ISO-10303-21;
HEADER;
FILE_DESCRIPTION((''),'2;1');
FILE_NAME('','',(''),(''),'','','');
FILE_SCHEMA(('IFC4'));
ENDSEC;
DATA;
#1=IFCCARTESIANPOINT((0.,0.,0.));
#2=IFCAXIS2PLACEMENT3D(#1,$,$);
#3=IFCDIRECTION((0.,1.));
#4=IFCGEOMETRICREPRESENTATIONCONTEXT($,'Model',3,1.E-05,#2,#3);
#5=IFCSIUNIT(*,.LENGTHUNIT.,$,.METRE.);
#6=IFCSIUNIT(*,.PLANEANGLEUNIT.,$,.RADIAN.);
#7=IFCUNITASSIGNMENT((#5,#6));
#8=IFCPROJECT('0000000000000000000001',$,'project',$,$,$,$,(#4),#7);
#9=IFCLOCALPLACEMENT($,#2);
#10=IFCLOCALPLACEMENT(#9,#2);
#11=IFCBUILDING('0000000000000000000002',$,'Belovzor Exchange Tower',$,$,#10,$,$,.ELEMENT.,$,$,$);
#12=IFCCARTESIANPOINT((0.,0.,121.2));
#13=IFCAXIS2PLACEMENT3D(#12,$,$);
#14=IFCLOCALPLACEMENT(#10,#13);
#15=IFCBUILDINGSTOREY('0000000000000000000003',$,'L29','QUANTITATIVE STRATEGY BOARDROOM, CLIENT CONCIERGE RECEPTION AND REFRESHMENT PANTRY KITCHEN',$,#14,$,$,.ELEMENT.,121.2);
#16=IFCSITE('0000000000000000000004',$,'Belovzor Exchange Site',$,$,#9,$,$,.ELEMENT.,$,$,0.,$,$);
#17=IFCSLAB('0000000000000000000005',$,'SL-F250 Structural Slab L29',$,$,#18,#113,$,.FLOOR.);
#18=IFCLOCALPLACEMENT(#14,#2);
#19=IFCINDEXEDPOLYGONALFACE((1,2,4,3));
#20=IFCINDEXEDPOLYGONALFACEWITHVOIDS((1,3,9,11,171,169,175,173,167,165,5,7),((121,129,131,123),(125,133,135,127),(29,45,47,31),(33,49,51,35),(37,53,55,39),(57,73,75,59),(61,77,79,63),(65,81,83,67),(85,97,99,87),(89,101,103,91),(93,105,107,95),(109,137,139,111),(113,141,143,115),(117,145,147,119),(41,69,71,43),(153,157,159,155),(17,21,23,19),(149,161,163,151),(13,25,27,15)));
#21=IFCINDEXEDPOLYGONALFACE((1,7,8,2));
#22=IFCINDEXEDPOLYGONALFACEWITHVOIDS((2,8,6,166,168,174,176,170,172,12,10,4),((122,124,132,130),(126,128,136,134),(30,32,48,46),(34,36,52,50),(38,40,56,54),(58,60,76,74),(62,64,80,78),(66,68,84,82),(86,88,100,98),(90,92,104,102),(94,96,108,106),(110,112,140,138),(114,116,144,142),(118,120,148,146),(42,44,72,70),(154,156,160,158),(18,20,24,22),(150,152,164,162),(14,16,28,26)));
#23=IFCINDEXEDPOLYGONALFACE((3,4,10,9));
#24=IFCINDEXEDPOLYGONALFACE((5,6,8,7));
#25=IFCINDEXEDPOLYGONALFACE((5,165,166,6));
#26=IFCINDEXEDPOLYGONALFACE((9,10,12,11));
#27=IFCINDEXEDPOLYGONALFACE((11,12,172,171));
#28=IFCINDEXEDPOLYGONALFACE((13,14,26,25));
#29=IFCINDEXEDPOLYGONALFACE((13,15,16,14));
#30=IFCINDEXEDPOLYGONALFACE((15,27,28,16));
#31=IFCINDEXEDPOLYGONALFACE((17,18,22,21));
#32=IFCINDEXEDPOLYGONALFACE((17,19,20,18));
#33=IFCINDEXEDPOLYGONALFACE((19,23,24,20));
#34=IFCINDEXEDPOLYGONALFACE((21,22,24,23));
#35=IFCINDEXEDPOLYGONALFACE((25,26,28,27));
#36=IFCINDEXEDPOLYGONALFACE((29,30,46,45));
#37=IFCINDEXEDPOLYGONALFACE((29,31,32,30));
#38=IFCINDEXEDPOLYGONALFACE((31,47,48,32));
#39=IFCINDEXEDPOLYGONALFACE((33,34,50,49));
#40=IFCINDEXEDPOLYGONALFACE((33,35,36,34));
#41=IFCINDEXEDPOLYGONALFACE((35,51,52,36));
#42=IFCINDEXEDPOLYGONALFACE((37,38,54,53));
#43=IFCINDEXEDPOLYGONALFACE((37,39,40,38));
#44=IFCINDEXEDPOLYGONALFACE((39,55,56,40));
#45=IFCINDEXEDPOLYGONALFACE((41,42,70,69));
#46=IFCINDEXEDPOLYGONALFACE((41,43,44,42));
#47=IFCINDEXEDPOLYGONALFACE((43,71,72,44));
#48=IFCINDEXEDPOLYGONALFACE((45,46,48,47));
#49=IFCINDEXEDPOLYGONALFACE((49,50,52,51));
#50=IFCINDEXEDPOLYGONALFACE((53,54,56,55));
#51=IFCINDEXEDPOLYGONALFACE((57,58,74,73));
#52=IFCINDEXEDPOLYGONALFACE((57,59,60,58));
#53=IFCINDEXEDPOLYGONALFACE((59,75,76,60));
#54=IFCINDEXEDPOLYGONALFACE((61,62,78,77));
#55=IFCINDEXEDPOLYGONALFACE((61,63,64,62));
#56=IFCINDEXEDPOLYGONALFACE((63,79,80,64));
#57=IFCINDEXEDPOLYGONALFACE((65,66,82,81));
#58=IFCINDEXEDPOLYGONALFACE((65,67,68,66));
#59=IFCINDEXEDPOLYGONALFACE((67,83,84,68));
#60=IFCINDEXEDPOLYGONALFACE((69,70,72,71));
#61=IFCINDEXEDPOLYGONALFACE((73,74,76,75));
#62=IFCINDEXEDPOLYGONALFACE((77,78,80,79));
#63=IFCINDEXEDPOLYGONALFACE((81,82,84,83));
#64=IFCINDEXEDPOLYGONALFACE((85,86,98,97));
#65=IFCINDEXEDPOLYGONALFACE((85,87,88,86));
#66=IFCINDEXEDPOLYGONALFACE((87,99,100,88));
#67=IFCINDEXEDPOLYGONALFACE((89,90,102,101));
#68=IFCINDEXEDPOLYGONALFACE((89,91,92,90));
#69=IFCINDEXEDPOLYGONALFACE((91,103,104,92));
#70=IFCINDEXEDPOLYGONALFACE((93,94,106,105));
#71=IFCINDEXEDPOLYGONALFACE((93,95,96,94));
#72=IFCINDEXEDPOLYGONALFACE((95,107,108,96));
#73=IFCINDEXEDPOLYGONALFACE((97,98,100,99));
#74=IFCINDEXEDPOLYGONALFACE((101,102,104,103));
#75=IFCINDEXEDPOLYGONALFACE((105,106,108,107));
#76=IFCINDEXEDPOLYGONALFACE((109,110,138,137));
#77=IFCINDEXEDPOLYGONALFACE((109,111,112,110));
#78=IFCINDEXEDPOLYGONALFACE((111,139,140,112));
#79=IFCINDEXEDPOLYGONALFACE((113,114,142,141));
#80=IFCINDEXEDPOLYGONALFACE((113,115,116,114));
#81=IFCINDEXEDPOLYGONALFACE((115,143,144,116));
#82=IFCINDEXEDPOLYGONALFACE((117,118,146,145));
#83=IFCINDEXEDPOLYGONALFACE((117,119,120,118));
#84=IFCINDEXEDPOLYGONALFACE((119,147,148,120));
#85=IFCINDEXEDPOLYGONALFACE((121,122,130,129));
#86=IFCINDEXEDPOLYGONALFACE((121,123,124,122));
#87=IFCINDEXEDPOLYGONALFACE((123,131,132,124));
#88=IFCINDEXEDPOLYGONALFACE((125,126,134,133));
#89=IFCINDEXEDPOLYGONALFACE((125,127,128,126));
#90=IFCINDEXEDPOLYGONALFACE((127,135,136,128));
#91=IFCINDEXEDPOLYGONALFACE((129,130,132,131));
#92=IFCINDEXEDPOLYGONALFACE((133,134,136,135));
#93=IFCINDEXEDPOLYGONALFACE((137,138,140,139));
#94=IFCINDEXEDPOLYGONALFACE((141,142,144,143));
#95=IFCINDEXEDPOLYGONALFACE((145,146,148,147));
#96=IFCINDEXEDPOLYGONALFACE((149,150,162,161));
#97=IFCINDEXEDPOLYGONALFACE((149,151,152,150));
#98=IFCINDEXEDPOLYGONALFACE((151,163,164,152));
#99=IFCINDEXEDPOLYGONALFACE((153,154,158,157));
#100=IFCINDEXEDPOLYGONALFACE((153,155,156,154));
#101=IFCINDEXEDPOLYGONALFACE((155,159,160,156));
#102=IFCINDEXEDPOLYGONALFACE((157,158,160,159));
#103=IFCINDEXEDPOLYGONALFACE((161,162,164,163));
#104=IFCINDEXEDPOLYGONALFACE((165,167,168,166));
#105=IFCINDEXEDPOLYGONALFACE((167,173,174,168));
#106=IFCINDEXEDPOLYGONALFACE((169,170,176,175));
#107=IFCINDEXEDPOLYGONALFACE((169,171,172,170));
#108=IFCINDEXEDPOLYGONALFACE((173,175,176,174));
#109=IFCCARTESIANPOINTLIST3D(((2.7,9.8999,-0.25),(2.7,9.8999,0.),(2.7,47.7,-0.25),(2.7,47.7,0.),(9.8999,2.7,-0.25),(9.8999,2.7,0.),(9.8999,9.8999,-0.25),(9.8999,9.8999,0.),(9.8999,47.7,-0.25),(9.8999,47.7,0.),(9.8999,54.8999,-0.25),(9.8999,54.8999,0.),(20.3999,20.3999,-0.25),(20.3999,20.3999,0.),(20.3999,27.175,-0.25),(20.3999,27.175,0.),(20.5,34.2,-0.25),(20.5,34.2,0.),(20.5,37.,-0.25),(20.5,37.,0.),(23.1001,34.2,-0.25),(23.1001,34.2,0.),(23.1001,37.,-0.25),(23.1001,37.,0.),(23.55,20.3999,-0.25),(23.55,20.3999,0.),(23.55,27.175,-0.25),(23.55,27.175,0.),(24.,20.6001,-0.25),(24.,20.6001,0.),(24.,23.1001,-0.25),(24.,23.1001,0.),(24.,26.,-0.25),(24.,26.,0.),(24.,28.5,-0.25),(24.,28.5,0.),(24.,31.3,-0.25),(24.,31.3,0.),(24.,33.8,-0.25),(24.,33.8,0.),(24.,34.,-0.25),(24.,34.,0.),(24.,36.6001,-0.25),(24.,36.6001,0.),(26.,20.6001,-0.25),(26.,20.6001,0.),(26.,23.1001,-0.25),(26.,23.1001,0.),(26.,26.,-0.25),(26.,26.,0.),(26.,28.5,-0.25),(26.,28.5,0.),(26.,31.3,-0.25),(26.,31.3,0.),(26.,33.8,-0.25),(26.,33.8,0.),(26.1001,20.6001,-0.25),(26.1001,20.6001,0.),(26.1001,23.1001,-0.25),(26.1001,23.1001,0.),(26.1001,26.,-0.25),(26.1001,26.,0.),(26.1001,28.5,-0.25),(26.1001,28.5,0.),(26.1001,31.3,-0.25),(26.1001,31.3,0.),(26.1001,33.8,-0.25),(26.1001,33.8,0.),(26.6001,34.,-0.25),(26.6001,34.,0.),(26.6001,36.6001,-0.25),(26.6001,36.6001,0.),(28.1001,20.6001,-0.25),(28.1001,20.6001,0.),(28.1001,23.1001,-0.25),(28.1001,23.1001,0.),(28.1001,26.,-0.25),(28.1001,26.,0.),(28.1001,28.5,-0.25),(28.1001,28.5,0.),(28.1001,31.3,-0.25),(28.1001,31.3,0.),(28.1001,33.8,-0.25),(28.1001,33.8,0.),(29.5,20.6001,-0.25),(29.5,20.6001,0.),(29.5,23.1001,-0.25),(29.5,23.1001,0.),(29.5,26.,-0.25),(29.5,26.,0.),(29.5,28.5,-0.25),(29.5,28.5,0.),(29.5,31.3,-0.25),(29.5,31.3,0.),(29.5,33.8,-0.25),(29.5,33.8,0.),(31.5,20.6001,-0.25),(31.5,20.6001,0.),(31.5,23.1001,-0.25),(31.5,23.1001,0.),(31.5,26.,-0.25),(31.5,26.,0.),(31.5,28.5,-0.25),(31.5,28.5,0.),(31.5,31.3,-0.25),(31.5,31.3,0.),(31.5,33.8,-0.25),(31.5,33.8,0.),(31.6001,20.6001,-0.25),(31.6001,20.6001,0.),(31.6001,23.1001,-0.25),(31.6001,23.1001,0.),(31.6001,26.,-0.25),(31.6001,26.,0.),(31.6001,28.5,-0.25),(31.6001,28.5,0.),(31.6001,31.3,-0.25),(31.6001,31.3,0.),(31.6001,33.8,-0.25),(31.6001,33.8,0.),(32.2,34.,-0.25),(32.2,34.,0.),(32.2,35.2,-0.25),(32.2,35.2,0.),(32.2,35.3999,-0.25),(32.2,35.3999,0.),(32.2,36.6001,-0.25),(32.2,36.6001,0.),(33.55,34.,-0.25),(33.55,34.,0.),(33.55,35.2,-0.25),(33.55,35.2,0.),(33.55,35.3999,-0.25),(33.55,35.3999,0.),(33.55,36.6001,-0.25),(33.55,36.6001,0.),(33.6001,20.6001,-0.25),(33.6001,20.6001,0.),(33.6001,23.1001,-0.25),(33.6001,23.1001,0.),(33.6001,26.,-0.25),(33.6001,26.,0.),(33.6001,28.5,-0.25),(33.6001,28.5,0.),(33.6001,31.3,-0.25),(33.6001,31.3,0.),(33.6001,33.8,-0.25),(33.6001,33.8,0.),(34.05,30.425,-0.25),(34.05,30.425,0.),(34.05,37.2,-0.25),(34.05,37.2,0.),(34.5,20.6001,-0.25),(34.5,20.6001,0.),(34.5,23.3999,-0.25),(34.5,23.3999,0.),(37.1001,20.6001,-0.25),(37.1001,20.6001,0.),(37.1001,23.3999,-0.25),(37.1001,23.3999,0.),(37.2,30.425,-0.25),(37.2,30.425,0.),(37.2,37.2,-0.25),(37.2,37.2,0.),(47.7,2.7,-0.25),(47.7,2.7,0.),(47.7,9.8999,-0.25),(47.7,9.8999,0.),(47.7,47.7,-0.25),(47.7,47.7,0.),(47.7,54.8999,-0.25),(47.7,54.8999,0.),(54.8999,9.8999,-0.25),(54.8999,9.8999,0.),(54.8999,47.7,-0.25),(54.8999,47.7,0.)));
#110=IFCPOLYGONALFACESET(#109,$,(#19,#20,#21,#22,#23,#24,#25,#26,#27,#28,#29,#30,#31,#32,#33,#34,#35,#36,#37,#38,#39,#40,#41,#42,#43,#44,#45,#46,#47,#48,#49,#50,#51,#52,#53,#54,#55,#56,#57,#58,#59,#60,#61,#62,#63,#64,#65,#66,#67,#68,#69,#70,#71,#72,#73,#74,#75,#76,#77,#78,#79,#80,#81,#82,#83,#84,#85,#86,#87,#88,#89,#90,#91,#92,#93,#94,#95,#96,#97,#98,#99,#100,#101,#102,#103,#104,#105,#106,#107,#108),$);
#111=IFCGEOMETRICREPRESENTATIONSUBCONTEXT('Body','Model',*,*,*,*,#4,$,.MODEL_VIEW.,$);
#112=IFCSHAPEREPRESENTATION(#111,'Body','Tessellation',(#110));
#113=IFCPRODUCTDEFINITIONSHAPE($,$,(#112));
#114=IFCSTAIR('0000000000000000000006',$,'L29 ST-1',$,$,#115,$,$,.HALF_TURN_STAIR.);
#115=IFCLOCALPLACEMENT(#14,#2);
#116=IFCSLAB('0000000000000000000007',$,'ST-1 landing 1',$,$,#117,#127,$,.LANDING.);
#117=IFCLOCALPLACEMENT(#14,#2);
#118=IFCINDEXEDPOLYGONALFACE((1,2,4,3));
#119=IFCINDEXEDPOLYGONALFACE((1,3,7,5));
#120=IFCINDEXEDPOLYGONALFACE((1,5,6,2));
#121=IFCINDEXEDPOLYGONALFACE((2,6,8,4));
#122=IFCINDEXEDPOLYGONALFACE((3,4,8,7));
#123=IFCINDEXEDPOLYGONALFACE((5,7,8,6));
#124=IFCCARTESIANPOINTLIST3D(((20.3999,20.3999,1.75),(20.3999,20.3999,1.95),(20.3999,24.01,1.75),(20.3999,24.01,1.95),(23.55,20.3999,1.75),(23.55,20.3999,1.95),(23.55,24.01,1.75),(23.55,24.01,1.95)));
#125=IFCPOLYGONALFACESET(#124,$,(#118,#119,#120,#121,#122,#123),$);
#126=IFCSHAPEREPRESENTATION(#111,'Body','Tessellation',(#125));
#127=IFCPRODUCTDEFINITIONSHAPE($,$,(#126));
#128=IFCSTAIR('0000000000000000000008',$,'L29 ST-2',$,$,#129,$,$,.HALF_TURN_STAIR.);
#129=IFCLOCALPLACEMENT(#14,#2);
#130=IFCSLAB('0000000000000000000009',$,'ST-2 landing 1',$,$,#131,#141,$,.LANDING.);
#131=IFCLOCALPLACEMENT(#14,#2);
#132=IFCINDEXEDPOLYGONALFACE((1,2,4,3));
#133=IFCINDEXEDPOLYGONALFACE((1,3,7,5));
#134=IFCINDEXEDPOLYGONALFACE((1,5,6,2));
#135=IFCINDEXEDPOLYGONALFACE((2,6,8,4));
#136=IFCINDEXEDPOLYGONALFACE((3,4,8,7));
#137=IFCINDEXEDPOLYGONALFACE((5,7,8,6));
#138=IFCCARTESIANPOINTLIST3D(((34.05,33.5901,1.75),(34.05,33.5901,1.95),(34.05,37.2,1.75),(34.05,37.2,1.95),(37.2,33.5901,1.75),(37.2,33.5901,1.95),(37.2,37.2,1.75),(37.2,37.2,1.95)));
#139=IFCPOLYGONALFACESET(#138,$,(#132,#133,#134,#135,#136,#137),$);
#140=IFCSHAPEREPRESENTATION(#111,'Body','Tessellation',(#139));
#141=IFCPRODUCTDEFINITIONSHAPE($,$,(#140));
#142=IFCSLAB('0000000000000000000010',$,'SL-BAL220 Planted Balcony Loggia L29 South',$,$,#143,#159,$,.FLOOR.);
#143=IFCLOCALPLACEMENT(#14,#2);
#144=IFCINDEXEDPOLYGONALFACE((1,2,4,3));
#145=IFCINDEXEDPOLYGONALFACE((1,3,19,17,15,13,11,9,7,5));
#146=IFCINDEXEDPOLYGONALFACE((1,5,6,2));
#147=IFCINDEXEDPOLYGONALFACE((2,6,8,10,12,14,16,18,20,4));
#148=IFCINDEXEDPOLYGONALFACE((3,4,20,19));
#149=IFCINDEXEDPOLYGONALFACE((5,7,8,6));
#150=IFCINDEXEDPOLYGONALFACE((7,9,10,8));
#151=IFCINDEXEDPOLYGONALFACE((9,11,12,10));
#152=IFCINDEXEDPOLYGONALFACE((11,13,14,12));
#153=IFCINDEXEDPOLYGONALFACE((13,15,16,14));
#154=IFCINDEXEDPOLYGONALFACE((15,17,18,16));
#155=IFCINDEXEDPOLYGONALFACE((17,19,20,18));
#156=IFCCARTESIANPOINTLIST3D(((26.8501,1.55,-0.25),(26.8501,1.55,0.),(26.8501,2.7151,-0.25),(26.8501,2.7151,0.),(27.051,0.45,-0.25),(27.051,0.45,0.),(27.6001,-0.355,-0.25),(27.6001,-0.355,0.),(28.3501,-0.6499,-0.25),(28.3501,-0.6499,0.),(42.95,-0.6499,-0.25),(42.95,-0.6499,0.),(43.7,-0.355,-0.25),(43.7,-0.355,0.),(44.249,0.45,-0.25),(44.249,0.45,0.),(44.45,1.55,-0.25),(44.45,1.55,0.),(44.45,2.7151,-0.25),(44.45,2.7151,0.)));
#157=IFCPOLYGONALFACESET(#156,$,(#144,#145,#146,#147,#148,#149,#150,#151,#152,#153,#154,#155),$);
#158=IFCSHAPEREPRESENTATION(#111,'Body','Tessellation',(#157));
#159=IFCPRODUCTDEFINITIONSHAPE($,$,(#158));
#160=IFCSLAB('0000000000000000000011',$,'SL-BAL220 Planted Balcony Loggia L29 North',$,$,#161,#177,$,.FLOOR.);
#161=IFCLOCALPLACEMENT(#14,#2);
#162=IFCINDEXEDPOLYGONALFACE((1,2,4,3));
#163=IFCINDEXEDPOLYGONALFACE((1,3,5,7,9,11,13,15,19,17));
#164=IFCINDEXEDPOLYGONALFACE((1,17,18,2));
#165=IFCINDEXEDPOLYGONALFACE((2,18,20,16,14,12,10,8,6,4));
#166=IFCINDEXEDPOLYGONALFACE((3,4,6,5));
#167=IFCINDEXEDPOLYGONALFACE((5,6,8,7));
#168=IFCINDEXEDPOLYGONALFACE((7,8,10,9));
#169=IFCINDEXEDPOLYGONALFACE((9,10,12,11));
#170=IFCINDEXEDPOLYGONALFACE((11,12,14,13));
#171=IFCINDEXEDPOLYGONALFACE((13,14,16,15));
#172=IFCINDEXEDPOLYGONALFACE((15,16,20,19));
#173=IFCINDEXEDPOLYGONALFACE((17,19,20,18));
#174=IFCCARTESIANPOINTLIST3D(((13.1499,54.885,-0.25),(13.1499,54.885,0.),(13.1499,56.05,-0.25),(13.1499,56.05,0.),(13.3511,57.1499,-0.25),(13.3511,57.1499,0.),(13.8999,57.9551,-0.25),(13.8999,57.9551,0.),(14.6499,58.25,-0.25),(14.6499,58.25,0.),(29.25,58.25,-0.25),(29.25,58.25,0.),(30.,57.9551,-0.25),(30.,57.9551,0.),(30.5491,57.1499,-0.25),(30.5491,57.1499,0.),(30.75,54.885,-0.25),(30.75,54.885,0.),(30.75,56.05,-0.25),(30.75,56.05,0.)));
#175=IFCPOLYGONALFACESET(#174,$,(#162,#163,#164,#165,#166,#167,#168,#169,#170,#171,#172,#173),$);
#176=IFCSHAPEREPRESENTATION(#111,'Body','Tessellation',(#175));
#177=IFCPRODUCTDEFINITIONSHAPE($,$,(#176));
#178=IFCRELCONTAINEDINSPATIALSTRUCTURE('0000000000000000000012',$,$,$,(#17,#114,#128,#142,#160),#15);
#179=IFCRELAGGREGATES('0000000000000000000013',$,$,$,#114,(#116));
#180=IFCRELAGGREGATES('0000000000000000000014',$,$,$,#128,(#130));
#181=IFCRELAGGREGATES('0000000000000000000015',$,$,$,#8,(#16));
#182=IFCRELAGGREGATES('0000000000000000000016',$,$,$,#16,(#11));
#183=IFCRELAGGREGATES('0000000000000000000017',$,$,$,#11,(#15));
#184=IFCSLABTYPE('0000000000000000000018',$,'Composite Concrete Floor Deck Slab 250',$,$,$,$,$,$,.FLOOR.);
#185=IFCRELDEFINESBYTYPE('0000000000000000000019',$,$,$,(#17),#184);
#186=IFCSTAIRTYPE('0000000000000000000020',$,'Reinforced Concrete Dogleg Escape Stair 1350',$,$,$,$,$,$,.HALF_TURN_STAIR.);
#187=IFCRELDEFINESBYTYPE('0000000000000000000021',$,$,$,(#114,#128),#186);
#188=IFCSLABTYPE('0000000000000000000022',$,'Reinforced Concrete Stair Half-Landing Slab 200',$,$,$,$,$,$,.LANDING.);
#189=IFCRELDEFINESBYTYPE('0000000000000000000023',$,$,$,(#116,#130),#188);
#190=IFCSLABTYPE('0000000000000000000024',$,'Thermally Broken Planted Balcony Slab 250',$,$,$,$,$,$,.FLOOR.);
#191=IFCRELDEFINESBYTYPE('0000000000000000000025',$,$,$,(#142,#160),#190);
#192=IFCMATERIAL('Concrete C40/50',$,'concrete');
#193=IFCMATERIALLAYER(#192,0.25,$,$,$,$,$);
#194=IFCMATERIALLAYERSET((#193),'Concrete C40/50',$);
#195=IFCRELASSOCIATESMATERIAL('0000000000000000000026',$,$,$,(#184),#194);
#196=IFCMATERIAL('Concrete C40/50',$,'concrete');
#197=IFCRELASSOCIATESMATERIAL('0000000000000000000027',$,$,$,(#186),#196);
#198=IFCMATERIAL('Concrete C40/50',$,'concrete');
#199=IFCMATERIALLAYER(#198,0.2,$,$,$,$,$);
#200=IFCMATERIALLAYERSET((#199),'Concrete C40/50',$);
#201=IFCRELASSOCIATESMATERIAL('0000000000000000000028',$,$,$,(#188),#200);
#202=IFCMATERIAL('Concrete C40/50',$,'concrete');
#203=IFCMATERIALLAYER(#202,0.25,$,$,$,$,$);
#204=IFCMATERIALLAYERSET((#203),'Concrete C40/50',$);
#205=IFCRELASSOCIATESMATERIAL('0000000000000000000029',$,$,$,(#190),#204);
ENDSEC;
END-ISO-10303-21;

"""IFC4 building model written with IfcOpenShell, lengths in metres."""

from ifc_helpers import new_model, si_unit, direction, frame, origin, place, context, subcontext, project, spatial, polyline, outline, extrude, material, layer, layer_set, type_object, element, aggregate, save


model = new_model("IFC4")

# Units and contexts
model_context = context("Model", 3, precision=1e-05, world=origin(), true_north=direction((0.0, 1.0)))
body_context = subcontext(model_context, "Body", "Model", "MODEL_VIEW")
ifc_project = project(units=[si_unit("LENGTHUNIT", "METRE"), si_unit("PLANEANGLEUNIT", "RADIAN")], contexts=[model_context])

# Site, building, storey
site_placement = place(None, origin())
site = spatial("IfcSite", under=ifc_project, at=site_placement, Name="Belovzor Exchange Site", CompositionType="ELEMENT", RefElevation=0.0)
building_placement = place(site_placement, origin())
building = spatial("IfcBuilding", under=site, at=building_placement, Name="Belovzor Exchange Tower", CompositionType="ELEMENT")
storey_placement = place(building_placement, frame((0.0, 0.0, 121.2)))
storey = spatial("IfcBuildingStorey", under=building, at=storey_placement, Name="L29", Description="QUANTITATIVE STRATEGY BOARDROOM, CLIENT CONCIERGE RECEPTION AND REFRESHMENT PANTRY KITCHEN", CompositionType="ELEMENT", Elevation=121.2)

# Slab
ifc_material_1 = material(Name="Concrete C40/50", Category="concrete")
ifc_layer_1 = layer(ifc_material_1, 0.25)
ifc_layer_set_1 = layer_set([ifc_layer_1], Name="Concrete C40/50")
slab_type_1 = type_object("IfcSlabType", Name="Composite Concrete Floor Deck Slab 250", PredefinedType="FLOOR", material=ifc_layer_set_1)
slab_1_placement = place(storey_placement, frame((0.0, 0.0, -0.25)))
element("IfcSlab", 1, at=slab_1_placement, inside=storey, type_object=slab_type_1, Name="SL-F250 Structural Slab L29", PredefinedType="FLOOR", context=body_context, shape_type="SweptSolid", body=[
    extrude(outline(polyline([(9.8999, 2.7), (47.7, 2.7), (47.7, 9.8999), (54.8999, 9.8999), (54.8999, 47.7), (47.7, 47.7), (47.7, 54.8999), (9.8999, 54.8999), (9.8999, 47.7), (2.7, 47.7), (2.7, 9.8999), (9.8999, 9.8999), (9.8999, 2.7)]), holes=[polyline([(20.3999, 27.175), (20.3999, 20.3999), (23.55, 20.3999), (23.55, 27.175), (20.3999, 27.175)]), polyline([(37.2, 30.425), (37.2, 37.2), (34.05, 37.2), (34.05, 30.425), (37.2, 30.425)]), polyline([(20.5, 34.2), (23.1001, 34.2), (23.1001, 37.0), (20.5, 37.0), (20.5, 34.2)]), polyline([(34.5, 20.6001), (37.1001, 20.6001), (37.1001, 23.3999), (34.5, 23.3999), (34.5, 20.6001)]), polyline([(24.0, 34.0), (26.6001, 34.0), (26.6001, 36.6001), (24.0, 36.6001), (24.0, 34.0)]), polyline([(24.0, 20.6001), (26.0, 20.6001), (26.0, 23.1001), (24.0, 23.1001), (24.0, 20.6001)]), polyline([(26.1001, 20.6001), (28.1001, 20.6001), (28.1001, 23.1001), (26.1001, 23.1001), (26.1001, 20.6001)]), polyline([(29.5, 20.6001), (31.5, 20.6001), (31.5, 23.1001), (29.5, 23.1001), (29.5, 20.6001)]), polyline([(31.6001, 20.6001), (33.6001, 20.6001), (33.6001, 23.1001), (31.6001, 23.1001), (31.6001, 20.6001)]), polyline([(24.0, 26.0), (26.0, 26.0), (26.0, 28.5), (24.0, 28.5), (24.0, 26.0)]), polyline([(26.1001, 26.0), (28.1001, 26.0), (28.1001, 28.5), (26.1001, 28.5), (26.1001, 26.0)]), polyline([(29.5, 26.0), (31.5, 26.0), (31.5, 28.5), (29.5, 28.5), (29.5, 26.0)]), polyline([(31.6001, 26.0), (33.6001, 26.0), (33.6001, 28.5), (31.6001, 28.5), (31.6001, 26.0)]), polyline([(24.0, 31.3), (26.0, 31.3), (26.0, 33.8), (24.0, 33.8), (24.0, 31.3)]), polyline([(26.1001, 31.3), (28.1001, 31.3), (28.1001, 33.8), (26.1001, 33.8), (26.1001, 31.3)]), polyline([(29.5, 31.3), (31.5, 31.3), (31.5, 33.8), (29.5, 33.8), (29.5, 31.3)]), polyline([(31.6001, 31.3), (33.6001, 31.3), (33.6001, 33.8), (31.6001, 33.8), (31.6001, 31.3)]), polyline([(32.2, 34.0), (33.55, 34.0), (33.55, 35.2), (32.2, 35.2), (32.2, 34.0)]), polyline([(32.2, 35.3999), (33.55, 35.3999), (33.55, 36.6001), (32.2, 36.6001), (32.2, 35.3999)])]), origin(), (0.0, 0.0, 1.0), 0.25),
])

# Stairs, slabs
ifc_material_2 = material(Name="Concrete C40/50", Category="concrete")
stair_type = type_object("IfcStairType", Name="Reinforced Concrete Dogleg Escape Stair 1350", PredefinedType="HALF_TURN_STAIR", material=ifc_material_2)
stair_1_placement = place(storey_placement, origin())
stair_1 = element("IfcStair", 2, at=stair_1_placement, inside=storey, type_object=stair_type, Name="L29 ST-1", PredefinedType="HALF_TURN_STAIR")
ifc_material_3 = material(Name="Concrete C40/50", Category="concrete")
ifc_layer_2 = layer(ifc_material_3, 0.2)
ifc_layer_set_2 = layer_set([ifc_layer_2], Name="Concrete C40/50")
slab_type_2 = type_object("IfcSlabType", Name="Reinforced Concrete Stair Half-Landing Slab 200", PredefinedType="LANDING", material=ifc_layer_set_2)
slab_2_placement = place(storey_placement, frame((0.0, 0.0, 1.75)))
slab_2 = element("IfcSlab", 3, at=slab_2_placement, type_object=slab_type_2, Name="ST-1 landing 1", PredefinedType="LANDING", context=body_context, shape_type="SweptSolid", body=[
    extrude(outline(polyline([(20.3999, 24.01), (20.3999, 20.3999), (23.55, 20.3999), (23.55, 24.01), (20.3999, 24.01)])), origin(), (0.0, 0.0, 1.0), 0.2),
])
aggregate(stair_1, [slab_2])
stair_2_placement = place(storey_placement, origin())
stair_2 = element("IfcStair", 4, at=stair_2_placement, inside=storey, type_object=stair_type, Name="L29 ST-2", PredefinedType="HALF_TURN_STAIR")
slab_3_placement = place(storey_placement, frame((0.0, 0.0, 1.75)))
slab_3 = element("IfcSlab", 5, at=slab_3_placement, type_object=slab_type_2, Name="ST-2 landing 1", PredefinedType="LANDING", context=body_context, shape_type="SweptSolid", body=[
    extrude(outline(polyline([(37.2, 33.5901), (37.2, 37.2), (34.05, 37.2), (34.05, 33.5901), (37.2, 33.5901)])), origin(), (0.0, 0.0, 1.0), 0.2),
])
aggregate(stair_2, [slab_3])

# Slabs
ifc_material_4 = material(Name="Concrete C40/50", Category="concrete")
ifc_layer_3 = layer(ifc_material_4, 0.25)
ifc_layer_set_3 = layer_set([ifc_layer_3], Name="Concrete C40/50")
slab_type_3 = type_object("IfcSlabType", Name="Thermally Broken Planted Balcony Slab 250", PredefinedType="FLOOR", material=ifc_layer_set_3)
slab_4_placement = place(storey_placement, frame((0.0, 0.0, -0.25)))
element("IfcSlab", 6, at=slab_4_placement, inside=storey, type_object=slab_type_3, Name="SL-BAL220 Planted Balcony Loggia L29 South", PredefinedType="FLOOR", context=body_context, shape_type="SweptSolid", body=[
    extrude(outline(polyline([(26.8501, 2.7151), (26.8501, 1.55), (27.051, 0.45), (27.6001, -0.355), (28.3501, -0.6499), (42.95, -0.6499), (43.7, -0.355), (44.249, 0.45), (44.45, 1.55), (44.45, 2.7151), (26.8501, 2.7151)])), origin(), (0.0, 0.0, 1.0), 0.25),
])
slab_5_placement = place(storey_placement, frame((0.0, 0.0, -0.25)))
element("IfcSlab", 7, at=slab_5_placement, inside=storey, type_object=slab_type_3, Name="SL-BAL220 Planted Balcony Loggia L29 North", PredefinedType="FLOOR", context=body_context, shape_type="SweptSolid", body=[
    extrude(outline(polyline([(30.75, 54.885), (30.75, 56.05), (30.5491, 57.1499), (30.0, 57.9551), (29.25, 58.25), (14.6499, 58.25), (13.8999, 57.9551), (13.3511, 57.1499), (13.1499, 56.05), (13.1499, 54.885), (30.75, 54.885)])), origin(), (0.0, 0.0, 1.0), 0.25),
])

save(model, "model.ifc")
